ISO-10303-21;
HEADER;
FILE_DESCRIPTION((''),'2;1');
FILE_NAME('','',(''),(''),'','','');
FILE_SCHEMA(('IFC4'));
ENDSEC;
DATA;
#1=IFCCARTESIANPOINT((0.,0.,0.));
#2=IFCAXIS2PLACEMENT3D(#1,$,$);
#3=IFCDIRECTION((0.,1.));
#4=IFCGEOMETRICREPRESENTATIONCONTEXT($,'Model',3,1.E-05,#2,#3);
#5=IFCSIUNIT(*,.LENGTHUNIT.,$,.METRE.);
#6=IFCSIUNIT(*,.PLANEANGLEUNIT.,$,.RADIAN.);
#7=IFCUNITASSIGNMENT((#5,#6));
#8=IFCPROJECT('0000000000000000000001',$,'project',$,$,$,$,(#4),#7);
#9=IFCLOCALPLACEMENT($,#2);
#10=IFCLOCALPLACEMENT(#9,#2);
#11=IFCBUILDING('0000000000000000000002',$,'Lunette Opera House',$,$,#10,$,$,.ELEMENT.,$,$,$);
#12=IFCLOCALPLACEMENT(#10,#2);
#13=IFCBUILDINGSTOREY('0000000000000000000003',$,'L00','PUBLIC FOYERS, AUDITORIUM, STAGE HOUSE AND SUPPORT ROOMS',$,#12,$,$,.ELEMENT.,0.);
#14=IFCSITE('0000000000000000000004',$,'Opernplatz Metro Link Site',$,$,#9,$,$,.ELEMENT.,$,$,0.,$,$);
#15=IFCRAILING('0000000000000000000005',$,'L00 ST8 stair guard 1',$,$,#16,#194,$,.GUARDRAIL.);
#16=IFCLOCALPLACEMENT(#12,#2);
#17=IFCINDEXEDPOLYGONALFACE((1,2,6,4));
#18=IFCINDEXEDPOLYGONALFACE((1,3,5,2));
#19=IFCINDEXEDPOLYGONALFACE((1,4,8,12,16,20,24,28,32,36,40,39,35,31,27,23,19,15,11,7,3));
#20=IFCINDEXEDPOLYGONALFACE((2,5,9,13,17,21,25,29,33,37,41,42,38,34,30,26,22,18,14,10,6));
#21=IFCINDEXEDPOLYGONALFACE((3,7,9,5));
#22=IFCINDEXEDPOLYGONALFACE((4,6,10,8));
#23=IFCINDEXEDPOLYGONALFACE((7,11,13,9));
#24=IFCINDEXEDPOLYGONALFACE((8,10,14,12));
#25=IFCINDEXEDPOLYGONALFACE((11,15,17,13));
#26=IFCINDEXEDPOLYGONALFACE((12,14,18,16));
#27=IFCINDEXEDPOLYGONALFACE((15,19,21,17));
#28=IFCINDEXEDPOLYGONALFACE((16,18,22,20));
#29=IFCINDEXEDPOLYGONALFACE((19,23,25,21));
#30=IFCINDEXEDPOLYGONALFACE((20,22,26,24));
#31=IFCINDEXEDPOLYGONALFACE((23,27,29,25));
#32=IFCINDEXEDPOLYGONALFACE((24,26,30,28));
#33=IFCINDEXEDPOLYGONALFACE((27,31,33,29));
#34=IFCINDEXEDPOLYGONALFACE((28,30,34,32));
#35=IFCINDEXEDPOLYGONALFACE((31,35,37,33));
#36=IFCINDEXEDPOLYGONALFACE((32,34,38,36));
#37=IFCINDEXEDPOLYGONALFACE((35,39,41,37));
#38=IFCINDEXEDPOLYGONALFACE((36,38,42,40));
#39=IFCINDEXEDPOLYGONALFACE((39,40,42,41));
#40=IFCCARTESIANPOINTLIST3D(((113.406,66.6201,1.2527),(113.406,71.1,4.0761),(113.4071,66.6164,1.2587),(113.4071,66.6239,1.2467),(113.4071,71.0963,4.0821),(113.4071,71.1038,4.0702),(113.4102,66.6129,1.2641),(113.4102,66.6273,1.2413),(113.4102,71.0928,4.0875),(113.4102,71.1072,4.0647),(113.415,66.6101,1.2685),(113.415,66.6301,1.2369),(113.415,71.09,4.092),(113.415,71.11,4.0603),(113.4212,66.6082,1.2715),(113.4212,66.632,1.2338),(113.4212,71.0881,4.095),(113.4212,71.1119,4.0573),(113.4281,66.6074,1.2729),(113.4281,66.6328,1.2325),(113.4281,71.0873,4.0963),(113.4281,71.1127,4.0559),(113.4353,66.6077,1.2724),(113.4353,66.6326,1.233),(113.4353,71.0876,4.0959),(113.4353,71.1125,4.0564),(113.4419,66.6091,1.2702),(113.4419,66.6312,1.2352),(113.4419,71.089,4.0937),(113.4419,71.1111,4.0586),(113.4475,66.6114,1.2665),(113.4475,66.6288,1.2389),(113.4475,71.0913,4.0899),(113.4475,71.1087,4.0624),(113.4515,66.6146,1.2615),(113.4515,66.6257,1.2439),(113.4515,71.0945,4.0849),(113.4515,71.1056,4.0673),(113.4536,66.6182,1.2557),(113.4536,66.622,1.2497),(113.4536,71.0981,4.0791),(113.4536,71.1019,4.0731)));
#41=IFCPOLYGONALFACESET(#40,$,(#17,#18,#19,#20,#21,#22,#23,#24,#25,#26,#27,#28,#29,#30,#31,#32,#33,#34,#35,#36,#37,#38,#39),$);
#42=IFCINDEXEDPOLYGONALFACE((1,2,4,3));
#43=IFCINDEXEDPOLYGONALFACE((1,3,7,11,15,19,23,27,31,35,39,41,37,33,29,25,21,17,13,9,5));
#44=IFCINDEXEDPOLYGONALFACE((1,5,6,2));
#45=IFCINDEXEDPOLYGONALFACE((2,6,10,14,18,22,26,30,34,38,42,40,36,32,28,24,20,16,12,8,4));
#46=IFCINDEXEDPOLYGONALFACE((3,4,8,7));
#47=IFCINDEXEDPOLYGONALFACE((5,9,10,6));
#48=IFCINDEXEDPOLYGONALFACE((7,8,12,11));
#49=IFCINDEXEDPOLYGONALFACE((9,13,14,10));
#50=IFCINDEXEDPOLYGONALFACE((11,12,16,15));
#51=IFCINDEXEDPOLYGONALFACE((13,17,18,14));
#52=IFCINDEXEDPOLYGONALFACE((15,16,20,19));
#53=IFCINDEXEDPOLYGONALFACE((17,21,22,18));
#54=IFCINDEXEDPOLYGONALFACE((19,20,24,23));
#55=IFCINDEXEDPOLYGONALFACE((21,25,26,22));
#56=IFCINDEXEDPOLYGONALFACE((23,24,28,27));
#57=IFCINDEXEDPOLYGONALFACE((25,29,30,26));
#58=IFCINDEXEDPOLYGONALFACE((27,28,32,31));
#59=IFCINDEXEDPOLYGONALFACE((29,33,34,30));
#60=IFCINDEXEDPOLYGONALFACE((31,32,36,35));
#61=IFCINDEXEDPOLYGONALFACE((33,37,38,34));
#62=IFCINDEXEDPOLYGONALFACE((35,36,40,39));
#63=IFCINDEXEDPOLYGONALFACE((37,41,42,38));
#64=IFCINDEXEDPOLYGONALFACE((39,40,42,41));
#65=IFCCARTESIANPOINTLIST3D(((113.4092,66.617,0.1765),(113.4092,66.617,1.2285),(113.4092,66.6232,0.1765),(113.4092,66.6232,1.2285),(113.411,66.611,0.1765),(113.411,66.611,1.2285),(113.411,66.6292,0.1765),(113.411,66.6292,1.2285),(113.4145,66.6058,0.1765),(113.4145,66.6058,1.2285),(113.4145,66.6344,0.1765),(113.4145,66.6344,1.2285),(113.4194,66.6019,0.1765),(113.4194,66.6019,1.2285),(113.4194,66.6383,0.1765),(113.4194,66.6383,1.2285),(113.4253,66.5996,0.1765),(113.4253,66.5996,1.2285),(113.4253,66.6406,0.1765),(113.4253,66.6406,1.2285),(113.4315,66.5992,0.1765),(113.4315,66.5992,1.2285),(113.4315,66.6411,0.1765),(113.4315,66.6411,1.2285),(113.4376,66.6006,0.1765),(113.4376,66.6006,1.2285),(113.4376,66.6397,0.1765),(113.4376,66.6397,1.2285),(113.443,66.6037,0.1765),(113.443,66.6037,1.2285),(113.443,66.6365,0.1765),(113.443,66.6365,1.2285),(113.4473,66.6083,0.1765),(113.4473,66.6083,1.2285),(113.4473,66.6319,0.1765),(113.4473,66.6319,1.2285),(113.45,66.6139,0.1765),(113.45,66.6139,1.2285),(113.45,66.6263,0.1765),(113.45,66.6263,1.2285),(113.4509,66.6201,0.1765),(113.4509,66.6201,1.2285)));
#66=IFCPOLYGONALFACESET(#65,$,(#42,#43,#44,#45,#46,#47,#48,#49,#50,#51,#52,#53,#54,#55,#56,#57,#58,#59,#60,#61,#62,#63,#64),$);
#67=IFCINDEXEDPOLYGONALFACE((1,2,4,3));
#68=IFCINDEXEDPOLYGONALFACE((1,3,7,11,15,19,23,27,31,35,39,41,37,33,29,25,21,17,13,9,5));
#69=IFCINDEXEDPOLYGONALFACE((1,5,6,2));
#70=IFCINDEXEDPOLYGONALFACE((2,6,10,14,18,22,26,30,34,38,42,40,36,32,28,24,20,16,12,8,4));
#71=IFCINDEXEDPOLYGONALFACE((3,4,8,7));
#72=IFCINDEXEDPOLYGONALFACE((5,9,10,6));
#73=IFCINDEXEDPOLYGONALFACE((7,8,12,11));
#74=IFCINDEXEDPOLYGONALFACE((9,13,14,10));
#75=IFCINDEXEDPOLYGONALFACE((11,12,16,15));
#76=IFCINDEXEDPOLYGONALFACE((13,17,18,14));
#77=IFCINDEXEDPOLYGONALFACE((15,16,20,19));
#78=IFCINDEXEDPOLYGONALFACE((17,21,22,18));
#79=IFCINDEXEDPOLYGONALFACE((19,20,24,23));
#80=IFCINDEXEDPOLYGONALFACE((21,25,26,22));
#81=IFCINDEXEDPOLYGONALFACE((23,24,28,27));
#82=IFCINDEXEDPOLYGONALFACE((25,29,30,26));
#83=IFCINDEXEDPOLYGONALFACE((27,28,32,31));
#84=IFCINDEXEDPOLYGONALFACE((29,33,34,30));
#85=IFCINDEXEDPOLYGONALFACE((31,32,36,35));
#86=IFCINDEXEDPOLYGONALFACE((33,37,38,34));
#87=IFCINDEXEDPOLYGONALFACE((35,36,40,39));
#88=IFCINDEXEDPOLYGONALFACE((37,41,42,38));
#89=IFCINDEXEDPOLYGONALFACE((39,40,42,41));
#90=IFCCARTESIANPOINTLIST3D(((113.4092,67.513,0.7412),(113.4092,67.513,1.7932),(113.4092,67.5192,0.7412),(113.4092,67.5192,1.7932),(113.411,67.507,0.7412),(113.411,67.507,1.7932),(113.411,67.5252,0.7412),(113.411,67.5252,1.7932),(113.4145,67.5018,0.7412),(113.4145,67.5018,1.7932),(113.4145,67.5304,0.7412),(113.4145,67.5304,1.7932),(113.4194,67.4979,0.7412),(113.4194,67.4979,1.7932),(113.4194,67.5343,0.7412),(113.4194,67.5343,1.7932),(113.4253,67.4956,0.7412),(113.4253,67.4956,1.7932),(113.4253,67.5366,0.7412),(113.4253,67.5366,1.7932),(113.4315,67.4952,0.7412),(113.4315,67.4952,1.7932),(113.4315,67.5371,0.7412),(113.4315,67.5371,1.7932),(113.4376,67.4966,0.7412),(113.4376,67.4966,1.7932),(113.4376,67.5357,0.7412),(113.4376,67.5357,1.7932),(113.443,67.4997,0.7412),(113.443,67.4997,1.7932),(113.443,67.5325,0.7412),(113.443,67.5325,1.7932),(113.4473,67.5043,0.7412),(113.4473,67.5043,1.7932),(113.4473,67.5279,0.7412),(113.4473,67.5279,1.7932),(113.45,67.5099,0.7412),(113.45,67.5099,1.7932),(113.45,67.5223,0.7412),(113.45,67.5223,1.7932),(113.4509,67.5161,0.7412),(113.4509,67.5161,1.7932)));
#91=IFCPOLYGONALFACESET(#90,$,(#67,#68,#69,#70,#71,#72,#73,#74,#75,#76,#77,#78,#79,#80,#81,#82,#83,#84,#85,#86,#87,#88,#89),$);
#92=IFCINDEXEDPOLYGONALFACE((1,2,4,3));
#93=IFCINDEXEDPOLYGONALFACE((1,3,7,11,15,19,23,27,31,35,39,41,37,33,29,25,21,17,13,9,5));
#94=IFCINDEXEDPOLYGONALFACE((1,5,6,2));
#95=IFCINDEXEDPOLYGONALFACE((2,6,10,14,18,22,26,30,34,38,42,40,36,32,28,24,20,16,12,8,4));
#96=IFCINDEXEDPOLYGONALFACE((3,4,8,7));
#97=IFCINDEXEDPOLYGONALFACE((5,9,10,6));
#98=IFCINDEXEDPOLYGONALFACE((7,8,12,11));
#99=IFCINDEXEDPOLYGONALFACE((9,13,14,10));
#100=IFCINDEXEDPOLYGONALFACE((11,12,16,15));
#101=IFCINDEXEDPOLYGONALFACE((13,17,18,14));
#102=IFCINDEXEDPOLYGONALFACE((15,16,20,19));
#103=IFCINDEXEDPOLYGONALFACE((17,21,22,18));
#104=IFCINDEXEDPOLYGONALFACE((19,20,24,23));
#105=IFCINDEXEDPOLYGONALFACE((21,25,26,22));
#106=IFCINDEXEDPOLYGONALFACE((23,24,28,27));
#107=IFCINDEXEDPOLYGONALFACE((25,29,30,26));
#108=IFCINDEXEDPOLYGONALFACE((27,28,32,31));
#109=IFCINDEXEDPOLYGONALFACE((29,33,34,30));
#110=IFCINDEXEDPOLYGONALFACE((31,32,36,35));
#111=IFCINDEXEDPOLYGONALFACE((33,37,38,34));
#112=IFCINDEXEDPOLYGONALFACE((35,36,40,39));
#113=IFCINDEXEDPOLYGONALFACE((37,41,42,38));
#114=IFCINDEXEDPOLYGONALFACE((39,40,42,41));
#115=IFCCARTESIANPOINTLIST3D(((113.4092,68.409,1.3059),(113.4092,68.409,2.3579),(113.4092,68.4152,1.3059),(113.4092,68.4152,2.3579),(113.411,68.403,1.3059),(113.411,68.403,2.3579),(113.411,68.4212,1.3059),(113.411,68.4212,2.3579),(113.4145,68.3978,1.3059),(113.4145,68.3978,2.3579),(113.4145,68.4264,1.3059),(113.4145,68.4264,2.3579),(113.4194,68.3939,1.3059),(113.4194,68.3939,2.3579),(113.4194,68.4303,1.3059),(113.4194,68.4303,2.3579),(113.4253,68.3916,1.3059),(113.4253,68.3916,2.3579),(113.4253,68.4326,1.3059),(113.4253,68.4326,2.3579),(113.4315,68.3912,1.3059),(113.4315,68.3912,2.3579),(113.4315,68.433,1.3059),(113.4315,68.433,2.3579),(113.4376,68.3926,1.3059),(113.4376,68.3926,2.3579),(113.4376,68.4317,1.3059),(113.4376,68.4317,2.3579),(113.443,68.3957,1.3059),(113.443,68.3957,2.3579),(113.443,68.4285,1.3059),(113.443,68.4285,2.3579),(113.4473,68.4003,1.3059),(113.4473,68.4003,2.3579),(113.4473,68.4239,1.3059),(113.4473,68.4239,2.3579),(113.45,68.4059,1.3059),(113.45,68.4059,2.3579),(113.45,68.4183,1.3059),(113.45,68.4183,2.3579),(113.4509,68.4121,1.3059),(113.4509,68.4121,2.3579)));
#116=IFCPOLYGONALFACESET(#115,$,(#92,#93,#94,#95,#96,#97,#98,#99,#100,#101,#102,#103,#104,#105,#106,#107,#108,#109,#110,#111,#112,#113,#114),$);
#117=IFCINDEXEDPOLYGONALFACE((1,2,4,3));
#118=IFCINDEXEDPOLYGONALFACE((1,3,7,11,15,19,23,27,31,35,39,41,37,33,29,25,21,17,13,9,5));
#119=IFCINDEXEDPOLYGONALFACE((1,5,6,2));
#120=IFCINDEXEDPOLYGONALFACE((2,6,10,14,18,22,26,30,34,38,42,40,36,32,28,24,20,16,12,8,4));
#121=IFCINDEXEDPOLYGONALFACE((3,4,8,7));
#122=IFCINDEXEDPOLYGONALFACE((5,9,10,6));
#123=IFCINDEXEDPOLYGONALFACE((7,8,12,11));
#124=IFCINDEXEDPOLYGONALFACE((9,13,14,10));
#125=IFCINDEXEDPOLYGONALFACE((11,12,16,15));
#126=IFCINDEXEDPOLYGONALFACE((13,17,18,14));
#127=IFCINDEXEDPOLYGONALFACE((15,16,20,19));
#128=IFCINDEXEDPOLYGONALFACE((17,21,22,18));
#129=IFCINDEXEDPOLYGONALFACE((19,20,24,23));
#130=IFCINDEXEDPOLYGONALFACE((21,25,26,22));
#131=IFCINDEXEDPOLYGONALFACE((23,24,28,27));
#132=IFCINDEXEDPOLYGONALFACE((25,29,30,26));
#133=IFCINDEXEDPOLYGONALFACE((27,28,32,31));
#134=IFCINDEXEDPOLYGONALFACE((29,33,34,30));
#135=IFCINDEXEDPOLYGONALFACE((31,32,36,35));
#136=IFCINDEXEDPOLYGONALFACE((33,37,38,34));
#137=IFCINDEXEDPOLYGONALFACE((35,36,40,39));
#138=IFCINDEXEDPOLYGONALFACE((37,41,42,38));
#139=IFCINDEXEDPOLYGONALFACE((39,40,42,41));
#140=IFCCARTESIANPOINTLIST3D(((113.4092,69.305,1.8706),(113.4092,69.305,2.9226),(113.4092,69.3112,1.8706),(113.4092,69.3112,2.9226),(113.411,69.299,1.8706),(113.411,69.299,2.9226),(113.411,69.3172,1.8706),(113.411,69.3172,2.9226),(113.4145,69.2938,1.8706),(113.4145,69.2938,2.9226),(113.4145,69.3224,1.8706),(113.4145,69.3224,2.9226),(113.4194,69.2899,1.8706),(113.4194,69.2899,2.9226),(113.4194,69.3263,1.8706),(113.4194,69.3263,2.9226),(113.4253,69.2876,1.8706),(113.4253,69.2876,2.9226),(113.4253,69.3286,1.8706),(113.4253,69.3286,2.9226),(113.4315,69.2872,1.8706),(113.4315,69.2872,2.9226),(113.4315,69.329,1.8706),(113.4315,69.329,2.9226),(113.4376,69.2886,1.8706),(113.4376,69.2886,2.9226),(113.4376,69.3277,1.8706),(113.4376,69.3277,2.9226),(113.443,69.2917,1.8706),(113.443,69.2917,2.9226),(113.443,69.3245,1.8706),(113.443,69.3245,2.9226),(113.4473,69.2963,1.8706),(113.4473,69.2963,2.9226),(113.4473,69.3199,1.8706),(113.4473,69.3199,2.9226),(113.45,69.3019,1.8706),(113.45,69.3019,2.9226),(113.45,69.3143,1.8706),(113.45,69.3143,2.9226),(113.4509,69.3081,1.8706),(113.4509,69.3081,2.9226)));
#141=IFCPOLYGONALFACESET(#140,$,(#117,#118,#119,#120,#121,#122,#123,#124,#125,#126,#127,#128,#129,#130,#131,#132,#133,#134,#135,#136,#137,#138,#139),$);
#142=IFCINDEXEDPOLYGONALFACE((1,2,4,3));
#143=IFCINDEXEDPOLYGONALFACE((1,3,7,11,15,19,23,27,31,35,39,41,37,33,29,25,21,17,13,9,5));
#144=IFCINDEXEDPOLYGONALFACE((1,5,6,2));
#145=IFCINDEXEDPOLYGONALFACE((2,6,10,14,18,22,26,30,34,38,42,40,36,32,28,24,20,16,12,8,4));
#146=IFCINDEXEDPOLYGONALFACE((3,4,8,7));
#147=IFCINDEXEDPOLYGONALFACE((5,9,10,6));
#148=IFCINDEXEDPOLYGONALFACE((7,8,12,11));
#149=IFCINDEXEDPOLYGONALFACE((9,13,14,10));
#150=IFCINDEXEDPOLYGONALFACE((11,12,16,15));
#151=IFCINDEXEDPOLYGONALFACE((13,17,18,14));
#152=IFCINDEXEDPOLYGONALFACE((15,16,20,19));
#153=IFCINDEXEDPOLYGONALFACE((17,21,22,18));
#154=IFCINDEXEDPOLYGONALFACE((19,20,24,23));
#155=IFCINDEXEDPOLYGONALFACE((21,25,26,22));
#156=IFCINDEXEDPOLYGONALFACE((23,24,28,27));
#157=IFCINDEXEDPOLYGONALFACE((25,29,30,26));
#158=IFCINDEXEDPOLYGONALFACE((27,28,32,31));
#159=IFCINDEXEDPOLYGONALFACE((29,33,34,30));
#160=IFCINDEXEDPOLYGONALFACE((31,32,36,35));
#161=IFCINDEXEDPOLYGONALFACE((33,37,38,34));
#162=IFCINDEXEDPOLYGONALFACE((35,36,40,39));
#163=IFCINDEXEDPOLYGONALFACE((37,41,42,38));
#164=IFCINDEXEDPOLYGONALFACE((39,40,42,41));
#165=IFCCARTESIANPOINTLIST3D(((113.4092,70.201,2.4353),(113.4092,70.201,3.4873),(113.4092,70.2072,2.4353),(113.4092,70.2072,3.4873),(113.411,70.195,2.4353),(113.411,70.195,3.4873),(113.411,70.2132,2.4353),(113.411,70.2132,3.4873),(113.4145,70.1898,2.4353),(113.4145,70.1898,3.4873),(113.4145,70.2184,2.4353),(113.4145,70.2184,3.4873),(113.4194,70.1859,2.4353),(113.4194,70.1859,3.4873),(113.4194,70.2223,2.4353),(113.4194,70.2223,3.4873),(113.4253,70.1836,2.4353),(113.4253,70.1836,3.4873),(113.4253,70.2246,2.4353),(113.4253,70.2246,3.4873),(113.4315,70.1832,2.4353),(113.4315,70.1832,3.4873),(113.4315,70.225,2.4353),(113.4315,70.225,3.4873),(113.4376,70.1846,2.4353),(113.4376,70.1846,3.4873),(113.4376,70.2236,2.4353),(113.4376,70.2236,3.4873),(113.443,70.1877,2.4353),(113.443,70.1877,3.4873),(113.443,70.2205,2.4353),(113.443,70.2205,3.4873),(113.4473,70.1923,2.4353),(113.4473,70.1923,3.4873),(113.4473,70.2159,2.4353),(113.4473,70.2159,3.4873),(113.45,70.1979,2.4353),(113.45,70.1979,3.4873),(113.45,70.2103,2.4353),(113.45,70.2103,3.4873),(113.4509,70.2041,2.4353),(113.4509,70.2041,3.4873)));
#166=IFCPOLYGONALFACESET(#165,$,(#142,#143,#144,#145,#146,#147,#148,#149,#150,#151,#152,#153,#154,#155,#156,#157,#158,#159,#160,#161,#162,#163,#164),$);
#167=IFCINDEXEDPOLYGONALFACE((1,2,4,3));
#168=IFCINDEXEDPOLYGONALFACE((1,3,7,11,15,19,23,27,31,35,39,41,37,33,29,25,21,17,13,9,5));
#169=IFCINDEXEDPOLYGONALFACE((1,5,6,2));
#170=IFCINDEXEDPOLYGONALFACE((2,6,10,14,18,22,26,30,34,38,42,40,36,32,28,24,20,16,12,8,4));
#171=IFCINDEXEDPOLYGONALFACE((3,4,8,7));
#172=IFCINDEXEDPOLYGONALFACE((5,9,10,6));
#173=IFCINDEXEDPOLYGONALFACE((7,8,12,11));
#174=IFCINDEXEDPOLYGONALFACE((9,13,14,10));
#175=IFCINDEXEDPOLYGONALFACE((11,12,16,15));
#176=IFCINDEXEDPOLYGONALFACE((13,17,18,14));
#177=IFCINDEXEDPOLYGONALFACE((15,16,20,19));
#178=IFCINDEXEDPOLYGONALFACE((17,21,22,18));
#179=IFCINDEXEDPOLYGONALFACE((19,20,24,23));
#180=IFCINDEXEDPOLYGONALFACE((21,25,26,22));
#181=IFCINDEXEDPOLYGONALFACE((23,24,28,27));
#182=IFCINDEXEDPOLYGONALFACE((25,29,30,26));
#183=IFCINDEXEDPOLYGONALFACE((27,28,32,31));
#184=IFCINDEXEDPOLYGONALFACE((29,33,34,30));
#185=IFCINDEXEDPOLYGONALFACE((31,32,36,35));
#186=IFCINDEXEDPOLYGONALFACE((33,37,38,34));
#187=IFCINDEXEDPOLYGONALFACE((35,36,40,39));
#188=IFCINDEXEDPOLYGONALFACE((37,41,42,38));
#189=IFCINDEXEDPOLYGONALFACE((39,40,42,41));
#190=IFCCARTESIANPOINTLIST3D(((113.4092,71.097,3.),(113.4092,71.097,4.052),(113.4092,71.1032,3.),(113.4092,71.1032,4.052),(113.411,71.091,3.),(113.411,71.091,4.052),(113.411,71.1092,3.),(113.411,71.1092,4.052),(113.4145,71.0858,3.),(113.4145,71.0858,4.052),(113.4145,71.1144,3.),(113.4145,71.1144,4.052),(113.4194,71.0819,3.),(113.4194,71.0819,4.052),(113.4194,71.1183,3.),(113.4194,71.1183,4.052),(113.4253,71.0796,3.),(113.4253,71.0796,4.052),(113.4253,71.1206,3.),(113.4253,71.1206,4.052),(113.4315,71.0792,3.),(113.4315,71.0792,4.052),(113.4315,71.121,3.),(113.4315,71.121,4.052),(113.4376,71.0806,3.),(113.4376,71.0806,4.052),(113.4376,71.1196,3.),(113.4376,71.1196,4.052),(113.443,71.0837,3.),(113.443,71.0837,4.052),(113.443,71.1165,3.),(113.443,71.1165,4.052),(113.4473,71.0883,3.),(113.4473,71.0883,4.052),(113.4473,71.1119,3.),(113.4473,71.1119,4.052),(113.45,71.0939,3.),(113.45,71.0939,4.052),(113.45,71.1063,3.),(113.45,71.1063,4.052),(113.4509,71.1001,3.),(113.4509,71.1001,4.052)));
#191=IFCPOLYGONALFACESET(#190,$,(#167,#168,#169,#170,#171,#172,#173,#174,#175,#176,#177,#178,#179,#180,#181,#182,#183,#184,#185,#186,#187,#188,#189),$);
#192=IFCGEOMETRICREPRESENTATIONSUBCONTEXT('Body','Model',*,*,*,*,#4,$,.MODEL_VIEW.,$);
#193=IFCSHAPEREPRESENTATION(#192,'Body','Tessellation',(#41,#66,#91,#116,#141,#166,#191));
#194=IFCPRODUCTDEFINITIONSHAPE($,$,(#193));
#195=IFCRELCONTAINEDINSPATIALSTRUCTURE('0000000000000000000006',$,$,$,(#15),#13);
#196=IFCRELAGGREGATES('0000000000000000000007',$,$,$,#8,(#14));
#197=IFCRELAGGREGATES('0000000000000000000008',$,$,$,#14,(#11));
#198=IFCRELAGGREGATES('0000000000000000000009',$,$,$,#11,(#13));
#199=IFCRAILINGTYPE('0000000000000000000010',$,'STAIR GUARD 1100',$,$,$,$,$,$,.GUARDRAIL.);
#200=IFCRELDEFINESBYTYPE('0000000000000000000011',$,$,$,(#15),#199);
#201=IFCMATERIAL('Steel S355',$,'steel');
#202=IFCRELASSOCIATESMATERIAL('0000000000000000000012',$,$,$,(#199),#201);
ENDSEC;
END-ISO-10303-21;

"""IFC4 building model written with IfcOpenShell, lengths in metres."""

from ifc_helpers import new_model, si_unit, direction, frame, origin, origin_2d, place, context, subcontext, project, spatial, circle, extrude, material, type_object, element, save


model = new_model("IFC4")

# Units and contexts
model_context = context("Model", 3, precision=1e-05, world=origin(), true_north=direction((0.0, 1.0)))
body_context = subcontext(model_context, "Body", "Model", "MODEL_VIEW")
ifc_project = project(units=[si_unit("LENGTHUNIT", "METRE"), si_unit("PLANEANGLEUNIT", "RADIAN")], contexts=[model_context])

# Site, building, storey
site_placement = place(None, origin())
site = spatial("IfcSite", under=ifc_project, at=site_placement, Name="Opernplatz Metro Link Site", CompositionType="ELEMENT", RefElevation=0.0)
building_placement = place(site_placement, origin())
building = spatial("IfcBuilding", under=site, at=building_placement, Name="Lunette Opera House", CompositionType="ELEMENT")
storey_placement = place(building_placement, origin())
storey = spatial("IfcBuildingStorey", under=building, at=storey_placement, Name="L00", Description="PUBLIC FOYERS, AUDITORIUM, STAGE HOUSE AND SUPPORT ROOMS", CompositionType="ELEMENT", Elevation=0.0)

# Railing
ifc_material_1 = material(Name="Steel S355", Category="steel")
railing_type_1 = type_object("IfcRailingType", Name="STAIR GUARD 1100", PredefinedType="GUARDRAIL", material=ifc_material_1)
railing_1_placement = place(storey_placement, frame((113.4299, 66.6201, 0.1765)))
element("IfcRailing", 1, at=railing_1_placement, inside=storey, type_object=railing_type_1, Name="L00 ST8 stair guard 1", PredefinedType="GUARDRAIL", context=body_context, shape_type="SweptSolid", body=[
    extrude(circle(Radius=0.0239, at=origin_2d()), frame((0.0, 0.0, 1.0762), z_axis=(0.0, 0.845998, 0.533186), x_axis=(-1.0, 0.0, 0.0)), (0.0, 0.0, 1.0), 5.2954),
    extrude(circle(Radius=0.021, at=origin_2d()), origin(), (0.0, 0.0, 1.0), 1.052),
    extrude(circle(Radius=0.021, at=origin_2d()), frame((0.0, 0.896, 0.5647)), (0.0, 0.0, 1.0), 1.052),
    extrude(circle(Radius=0.021, at=origin_2d()), frame((0.0, 1.792, 1.1294)), (0.0, 0.0, 1.0), 1.052),
    extrude(circle(Radius=0.021, at=origin_2d()), frame((0.0, 2.688, 1.6941)), (0.0, 0.0, 1.0), 1.052),
    extrude(circle(Radius=0.021, at=origin_2d()), frame((0.0, 3.584, 2.2588)), (0.0, 0.0, 1.0), 1.052),
    extrude(circle(Radius=0.021, at=origin_2d()), frame((0.0, 4.48, 2.8235)), (0.0, 0.0, 1.0), 1.052),
])

save(model, "model.ifc")
